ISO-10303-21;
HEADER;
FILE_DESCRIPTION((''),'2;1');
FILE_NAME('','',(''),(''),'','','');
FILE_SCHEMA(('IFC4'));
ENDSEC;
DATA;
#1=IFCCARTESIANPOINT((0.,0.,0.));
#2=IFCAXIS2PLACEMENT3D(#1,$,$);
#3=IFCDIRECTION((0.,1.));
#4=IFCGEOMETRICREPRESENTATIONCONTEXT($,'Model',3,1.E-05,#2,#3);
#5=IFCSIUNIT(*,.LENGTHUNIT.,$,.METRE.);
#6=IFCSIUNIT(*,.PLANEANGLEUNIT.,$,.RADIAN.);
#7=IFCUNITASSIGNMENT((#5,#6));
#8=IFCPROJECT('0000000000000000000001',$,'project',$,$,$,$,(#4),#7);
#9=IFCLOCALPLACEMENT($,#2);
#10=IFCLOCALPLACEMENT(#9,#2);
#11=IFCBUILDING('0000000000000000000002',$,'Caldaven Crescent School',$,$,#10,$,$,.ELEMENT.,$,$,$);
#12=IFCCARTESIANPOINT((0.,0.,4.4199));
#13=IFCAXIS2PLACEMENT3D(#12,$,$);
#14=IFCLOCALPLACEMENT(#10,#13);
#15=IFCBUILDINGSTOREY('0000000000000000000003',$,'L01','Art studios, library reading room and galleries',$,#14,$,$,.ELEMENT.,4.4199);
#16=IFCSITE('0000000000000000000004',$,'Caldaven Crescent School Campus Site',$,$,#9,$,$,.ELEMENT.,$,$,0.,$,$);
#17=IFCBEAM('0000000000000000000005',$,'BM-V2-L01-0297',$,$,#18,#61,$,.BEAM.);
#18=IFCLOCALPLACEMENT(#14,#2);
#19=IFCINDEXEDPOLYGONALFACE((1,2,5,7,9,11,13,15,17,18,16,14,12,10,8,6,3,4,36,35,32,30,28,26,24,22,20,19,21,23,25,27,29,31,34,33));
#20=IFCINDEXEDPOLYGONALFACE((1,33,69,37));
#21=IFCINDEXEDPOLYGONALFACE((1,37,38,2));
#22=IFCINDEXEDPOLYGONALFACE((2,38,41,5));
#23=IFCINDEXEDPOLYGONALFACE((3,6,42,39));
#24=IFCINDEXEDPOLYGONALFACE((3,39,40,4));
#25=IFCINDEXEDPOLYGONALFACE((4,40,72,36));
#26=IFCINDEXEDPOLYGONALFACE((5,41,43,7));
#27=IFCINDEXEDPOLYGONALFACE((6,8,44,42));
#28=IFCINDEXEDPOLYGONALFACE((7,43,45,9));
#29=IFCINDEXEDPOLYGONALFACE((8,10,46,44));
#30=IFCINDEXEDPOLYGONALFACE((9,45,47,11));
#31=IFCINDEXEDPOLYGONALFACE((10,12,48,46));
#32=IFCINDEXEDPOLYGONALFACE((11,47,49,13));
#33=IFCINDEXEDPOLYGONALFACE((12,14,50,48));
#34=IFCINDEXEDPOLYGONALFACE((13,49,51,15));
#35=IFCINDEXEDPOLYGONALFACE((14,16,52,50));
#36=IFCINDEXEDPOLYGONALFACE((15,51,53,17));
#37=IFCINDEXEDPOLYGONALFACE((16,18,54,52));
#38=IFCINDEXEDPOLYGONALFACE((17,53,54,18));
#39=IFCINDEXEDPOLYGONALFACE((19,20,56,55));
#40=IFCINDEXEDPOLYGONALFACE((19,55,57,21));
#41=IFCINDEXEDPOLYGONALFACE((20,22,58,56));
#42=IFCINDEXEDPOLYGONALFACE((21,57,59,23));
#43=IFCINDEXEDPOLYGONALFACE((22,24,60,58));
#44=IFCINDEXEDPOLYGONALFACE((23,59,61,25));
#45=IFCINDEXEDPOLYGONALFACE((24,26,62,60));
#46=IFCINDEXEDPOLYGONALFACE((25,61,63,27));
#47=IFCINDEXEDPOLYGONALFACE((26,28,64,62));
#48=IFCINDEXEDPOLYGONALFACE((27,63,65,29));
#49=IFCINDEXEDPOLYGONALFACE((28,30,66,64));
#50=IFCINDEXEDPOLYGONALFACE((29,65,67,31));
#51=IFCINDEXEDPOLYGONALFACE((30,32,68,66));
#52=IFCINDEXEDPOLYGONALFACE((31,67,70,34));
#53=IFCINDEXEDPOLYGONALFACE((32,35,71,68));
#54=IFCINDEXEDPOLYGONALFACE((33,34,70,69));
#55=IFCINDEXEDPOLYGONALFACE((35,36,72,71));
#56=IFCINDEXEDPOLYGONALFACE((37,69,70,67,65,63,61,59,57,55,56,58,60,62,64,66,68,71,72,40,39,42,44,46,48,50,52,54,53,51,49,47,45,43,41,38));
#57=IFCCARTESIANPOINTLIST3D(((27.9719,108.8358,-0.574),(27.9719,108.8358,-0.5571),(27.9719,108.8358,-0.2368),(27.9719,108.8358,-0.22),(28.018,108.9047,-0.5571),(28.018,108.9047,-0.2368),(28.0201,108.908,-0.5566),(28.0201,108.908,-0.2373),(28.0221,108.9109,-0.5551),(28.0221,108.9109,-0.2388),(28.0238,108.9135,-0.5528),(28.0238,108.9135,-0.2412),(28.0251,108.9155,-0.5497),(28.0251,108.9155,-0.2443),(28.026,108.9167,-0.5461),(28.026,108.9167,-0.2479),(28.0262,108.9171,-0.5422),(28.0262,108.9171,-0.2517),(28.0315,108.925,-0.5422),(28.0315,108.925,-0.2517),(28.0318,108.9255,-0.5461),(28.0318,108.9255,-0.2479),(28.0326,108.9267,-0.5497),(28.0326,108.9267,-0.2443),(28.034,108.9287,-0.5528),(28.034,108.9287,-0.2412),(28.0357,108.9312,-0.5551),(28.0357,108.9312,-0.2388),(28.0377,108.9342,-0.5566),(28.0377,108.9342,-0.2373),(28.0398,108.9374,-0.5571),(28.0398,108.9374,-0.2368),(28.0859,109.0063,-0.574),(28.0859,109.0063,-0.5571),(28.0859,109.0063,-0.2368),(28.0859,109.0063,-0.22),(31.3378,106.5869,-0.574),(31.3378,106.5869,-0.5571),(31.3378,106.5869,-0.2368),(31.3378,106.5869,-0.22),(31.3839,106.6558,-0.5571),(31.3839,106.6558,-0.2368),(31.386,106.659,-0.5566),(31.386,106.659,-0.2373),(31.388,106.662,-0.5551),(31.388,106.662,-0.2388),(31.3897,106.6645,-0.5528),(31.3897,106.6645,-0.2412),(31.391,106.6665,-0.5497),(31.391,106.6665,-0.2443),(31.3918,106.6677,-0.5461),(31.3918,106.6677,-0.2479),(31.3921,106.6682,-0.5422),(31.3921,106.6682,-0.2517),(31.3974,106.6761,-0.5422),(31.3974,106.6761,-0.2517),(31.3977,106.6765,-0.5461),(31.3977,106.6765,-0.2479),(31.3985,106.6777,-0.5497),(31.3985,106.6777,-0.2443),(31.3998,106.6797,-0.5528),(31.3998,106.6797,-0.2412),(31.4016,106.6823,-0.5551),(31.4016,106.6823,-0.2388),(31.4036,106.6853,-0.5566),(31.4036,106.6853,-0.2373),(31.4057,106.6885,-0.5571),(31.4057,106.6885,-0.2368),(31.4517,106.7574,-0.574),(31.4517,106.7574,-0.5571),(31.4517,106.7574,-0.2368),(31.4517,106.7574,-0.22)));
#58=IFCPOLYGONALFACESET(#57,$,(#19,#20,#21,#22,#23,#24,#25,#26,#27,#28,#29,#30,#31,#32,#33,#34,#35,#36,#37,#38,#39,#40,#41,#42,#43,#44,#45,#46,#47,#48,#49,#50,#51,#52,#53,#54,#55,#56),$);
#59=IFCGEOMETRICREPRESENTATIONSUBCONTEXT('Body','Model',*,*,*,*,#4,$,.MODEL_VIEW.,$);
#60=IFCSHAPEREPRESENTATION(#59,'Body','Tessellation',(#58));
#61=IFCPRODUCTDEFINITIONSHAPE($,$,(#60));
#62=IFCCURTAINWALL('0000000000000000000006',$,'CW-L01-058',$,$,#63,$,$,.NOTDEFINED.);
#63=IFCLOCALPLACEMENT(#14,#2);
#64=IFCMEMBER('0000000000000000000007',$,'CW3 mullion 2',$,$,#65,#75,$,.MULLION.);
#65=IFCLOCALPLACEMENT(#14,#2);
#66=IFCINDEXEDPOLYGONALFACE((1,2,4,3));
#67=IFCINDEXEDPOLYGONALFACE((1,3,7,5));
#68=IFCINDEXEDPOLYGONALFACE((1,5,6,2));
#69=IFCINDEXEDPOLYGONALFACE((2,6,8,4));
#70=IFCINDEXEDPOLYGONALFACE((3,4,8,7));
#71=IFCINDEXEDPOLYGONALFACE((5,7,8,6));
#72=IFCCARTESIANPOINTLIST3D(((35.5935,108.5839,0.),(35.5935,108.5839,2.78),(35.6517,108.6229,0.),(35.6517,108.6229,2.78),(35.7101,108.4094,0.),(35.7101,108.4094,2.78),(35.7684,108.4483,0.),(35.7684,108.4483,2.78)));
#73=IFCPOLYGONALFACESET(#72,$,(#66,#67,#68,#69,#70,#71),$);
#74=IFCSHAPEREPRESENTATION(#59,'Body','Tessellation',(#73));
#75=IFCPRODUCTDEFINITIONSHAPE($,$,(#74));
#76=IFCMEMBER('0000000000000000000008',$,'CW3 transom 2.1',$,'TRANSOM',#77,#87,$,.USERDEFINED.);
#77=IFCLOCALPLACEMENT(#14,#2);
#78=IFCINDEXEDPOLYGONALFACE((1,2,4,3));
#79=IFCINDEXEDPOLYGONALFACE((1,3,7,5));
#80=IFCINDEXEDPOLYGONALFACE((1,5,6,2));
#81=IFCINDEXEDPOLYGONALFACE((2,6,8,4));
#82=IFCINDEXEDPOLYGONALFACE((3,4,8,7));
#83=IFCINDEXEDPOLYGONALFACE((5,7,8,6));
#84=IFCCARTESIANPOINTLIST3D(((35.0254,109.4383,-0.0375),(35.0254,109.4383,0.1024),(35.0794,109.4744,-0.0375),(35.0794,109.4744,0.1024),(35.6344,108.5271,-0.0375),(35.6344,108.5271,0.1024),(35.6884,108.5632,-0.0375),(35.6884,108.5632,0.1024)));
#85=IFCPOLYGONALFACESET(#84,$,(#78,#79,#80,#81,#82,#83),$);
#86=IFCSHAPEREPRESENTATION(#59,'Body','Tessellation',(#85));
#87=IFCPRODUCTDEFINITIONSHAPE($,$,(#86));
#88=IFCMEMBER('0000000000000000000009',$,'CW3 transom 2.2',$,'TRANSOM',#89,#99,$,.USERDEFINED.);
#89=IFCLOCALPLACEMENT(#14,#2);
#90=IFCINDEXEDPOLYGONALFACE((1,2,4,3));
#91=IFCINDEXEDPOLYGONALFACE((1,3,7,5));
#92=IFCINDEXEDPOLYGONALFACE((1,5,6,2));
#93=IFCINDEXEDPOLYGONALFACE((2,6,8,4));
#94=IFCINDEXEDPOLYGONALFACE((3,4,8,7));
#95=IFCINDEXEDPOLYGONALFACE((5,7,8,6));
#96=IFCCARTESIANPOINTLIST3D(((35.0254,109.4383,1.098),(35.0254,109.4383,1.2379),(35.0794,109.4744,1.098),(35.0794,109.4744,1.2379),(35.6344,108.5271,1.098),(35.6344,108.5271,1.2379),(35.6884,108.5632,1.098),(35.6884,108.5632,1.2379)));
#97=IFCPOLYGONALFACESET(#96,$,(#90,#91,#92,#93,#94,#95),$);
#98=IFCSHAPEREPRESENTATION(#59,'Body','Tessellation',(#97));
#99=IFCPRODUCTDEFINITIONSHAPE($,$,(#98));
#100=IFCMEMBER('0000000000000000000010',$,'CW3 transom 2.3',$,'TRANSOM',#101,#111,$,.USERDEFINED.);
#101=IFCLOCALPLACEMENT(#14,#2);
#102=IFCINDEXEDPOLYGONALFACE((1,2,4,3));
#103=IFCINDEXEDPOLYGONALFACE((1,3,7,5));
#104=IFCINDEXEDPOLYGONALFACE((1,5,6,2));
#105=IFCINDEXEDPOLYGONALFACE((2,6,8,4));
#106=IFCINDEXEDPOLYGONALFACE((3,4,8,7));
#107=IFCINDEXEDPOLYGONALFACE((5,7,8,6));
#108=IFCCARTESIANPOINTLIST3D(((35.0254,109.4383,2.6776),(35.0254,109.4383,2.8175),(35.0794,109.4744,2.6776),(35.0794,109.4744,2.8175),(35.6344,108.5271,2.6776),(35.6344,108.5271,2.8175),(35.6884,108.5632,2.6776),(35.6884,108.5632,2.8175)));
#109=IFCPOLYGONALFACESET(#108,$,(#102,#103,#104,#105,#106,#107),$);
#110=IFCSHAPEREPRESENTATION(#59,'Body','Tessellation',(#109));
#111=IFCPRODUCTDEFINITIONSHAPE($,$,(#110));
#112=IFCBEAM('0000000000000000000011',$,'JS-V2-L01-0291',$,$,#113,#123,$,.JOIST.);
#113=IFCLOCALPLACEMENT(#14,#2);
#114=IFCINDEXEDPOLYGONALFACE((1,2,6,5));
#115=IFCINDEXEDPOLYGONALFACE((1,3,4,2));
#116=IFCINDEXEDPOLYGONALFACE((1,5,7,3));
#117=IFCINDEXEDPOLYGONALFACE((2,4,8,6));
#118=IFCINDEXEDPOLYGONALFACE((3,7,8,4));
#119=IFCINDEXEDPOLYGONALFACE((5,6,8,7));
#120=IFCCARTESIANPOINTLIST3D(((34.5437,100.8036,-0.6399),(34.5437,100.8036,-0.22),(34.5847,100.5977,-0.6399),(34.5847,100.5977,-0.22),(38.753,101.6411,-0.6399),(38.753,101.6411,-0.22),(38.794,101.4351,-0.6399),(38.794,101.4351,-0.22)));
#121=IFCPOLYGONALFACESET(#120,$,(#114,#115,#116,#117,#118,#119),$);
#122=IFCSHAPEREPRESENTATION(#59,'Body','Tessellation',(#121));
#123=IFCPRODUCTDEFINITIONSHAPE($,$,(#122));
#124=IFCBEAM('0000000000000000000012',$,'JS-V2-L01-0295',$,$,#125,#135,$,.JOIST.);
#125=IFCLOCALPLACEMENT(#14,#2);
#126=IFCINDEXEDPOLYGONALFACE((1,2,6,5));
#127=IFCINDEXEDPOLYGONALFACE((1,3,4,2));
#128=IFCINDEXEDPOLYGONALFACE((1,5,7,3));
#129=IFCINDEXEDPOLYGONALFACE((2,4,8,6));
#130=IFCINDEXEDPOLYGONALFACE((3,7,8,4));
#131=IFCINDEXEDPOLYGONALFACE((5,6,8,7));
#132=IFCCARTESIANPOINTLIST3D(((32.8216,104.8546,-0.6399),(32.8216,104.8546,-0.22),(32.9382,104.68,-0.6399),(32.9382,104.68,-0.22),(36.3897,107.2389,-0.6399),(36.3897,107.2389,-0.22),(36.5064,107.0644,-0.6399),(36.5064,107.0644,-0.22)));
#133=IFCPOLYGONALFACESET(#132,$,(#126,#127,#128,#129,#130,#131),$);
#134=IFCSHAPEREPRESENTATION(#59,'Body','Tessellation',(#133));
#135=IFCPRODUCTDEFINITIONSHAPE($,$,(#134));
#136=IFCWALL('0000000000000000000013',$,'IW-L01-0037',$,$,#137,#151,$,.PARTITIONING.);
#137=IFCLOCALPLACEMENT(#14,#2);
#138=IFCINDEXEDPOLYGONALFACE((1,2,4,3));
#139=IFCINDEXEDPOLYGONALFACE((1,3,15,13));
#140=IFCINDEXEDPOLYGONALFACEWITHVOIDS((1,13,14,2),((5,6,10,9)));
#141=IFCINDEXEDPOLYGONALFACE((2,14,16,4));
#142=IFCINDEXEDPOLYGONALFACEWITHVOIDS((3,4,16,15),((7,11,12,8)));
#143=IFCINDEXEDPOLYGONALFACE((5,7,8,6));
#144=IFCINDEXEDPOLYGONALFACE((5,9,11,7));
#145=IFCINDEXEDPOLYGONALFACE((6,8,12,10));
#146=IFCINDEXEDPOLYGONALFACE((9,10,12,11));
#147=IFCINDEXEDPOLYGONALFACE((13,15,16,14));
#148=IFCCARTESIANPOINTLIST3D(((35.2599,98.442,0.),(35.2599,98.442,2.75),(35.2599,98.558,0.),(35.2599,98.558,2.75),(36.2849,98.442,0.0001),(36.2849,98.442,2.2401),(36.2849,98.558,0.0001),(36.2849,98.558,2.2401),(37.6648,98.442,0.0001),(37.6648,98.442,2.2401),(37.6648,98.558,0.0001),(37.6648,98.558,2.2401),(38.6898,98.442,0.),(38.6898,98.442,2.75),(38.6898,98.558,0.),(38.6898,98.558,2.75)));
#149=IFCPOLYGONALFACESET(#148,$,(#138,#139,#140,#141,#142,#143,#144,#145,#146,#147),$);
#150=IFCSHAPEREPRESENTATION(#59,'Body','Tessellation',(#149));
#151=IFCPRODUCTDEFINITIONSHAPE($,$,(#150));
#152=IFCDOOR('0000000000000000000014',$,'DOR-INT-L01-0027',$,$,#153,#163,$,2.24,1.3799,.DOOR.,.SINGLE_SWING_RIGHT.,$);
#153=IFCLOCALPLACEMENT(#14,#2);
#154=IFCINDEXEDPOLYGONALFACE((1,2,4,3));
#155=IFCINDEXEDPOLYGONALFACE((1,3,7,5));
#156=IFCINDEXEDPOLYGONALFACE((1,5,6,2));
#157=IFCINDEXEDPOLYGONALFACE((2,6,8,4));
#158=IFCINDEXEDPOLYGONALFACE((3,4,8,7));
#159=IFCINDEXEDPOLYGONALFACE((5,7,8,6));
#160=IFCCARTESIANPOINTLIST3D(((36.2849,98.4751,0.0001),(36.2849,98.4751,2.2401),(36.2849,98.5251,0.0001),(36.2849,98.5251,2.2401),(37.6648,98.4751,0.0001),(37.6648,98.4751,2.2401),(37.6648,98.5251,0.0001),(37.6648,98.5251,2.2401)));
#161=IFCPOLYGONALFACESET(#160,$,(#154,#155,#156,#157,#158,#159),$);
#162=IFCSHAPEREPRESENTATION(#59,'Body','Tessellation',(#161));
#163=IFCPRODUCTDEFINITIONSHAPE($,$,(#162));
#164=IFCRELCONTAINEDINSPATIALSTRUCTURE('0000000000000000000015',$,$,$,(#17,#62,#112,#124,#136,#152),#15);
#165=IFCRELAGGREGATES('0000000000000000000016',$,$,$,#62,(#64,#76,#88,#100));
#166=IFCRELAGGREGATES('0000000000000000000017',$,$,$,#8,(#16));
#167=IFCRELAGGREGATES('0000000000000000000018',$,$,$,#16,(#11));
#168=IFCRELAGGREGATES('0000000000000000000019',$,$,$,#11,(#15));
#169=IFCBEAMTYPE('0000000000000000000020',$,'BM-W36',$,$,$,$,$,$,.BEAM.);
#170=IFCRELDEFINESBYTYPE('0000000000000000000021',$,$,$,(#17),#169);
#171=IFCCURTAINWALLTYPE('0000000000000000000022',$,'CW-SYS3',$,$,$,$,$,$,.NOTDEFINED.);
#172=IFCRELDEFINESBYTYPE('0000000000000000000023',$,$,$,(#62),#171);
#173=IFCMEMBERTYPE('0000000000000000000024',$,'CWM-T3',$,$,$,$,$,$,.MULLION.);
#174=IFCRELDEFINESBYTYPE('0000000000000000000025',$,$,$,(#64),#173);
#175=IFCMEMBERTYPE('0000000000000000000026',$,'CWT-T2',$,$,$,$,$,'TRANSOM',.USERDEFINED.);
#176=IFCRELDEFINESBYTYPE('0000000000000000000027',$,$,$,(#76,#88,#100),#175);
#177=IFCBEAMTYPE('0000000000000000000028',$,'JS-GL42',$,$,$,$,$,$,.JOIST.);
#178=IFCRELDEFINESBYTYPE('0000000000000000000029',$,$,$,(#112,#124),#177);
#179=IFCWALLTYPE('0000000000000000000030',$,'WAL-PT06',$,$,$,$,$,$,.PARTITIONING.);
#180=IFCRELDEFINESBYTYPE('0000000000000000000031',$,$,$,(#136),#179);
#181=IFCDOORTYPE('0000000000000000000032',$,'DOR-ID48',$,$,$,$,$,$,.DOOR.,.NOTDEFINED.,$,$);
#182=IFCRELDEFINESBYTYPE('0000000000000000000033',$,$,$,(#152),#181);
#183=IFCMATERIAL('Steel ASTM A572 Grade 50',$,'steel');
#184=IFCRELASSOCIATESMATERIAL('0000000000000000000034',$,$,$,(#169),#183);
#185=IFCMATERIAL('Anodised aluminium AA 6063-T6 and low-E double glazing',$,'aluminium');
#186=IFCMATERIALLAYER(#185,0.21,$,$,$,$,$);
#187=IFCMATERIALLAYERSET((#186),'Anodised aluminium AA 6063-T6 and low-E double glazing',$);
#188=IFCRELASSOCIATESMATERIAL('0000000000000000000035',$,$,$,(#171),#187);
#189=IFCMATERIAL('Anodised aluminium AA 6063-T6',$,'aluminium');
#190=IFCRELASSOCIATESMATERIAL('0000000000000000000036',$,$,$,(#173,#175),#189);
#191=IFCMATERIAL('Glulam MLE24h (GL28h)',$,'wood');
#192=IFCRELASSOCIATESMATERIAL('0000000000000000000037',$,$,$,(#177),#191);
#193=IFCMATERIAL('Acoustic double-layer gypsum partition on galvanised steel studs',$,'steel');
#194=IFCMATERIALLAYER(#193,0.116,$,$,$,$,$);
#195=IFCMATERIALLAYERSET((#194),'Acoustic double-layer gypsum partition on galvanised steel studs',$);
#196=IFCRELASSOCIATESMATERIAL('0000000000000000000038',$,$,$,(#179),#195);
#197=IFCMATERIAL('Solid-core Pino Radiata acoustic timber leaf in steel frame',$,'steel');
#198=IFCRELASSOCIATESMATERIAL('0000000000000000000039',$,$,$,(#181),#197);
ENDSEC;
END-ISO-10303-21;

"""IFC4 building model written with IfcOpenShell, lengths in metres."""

from ifc_helpers import new_model, si_unit, direction, frame, frame_2d, origin, origin_2d, place, context, subcontext, project, spatial, rectangle, i_section, extrude, material, layer, layer_set, material_profile, profile_set, type_object, element, fill, aggregate, save


model = new_model("IFC4")

# Units and contexts
model_context = context("Model", 3, precision=1e-05, world=origin(), true_north=direction((0.0, 1.0)))
body_context = subcontext(model_context, "Body", "Model", "MODEL_VIEW")
ifc_project = project(units=[si_unit("LENGTHUNIT", "METRE"), si_unit("PLANEANGLEUNIT", "RADIAN")], contexts=[model_context])

# Site, building, storey
site_placement = place(None, origin())
site = spatial("IfcSite", under=ifc_project, at=site_placement, Name="Caldaven Crescent School Campus Site", CompositionType="ELEMENT", RefElevation=0.0)
building_placement = place(site_placement, origin())
building = spatial("IfcBuilding", under=site, at=building_placement, Name="Caldaven Crescent School", CompositionType="ELEMENT")
storey_placement = place(building_placement, frame((0.0, 0.0, 4.4199)))
storey = spatial("IfcBuildingStorey", under=building, at=storey_placement, Name="L01", Description="Art studios, library reading room and galleries", CompositionType="ELEMENT", Elevation=4.4199)

# Shared definitions
ifc_material_1 = material(Name="Glulam MLE24h (GL28h)", Category="wood")

# Beam
ifc_material_2 = material(Name="Steel ASTM A572 Grade 50", Category="steel")
ifc_material_profile_1 = material_profile(ifc_material_2, i_section(OverallWidth=0.2051, OverallDepth=0.354, WebThickness=0.0095, FlangeThickness=0.0168, FilletRadius=0.0149, at=origin_2d()), Name="W360x79")
ifc_profile_set_1 = profile_set([ifc_material_profile_1], Name="Steel ASTM A572 Grade 50")
beam_type_1 = type_object("IfcBeamType", Name="BM-W36", PredefinedType="BEAM", material=ifc_profile_set_1)
for number, where, z_axis, x_axis, name in (
    (1, (31.3948, 106.6721, -0.397), (-0.831475, 0.555563, 0.0), (-0.555563, -0.831475, 0.0), "BM-V2-L01-0297"),
):
    element("IfcBeam", number, at=place(storey_placement, frame(where, z_axis=z_axis, x_axis=x_axis)), inside=storey, type_object=beam_type_1, Name=name, PredefinedType="BEAM", context=body_context, shape_type="SweptSolid", body=[
        extrude(i_section(OverallWidth=0.2051, OverallDepth=0.354, WebThickness=0.0095, FlangeThickness=0.0168, FilletRadius=0.0149, at=origin_2d()), origin(), (0.0, 0.0, 1.0), 4.0481),
    ])

# Curtain wall, members
ifc_material_3 = material(Name="Anodised aluminium AA 6063-T6 and low-E double glazing", Category="aluminium")
ifc_layer_1 = layer(ifc_material_3, 0.21)
ifc_layer_set_1 = layer_set([ifc_layer_1], Name="Anodised aluminium AA 6063-T6 and low-E double glazing")
curtain_wall_type = type_object("IfcCurtainWallType", Name="CW-SYS3", PredefinedType="NOTDEFINED", material=ifc_layer_set_1)
curtain_wall_placement = place(storey_placement, origin())
curtain_wall = element("IfcCurtainWall", 2, at=curtain_wall_placement, inside=storey, type_object=curtain_wall_type, Name="CW-L01-058", PredefinedType="NOTDEFINED")
ifc_material_4 = material(Name="Anodised aluminium AA 6063-T6", Category="aluminium")
ifc_material_profile_2 = material_profile(ifc_material_4, rectangle(XDim=0.0701, YDim=0.21, at=origin_2d()), Name="CWM 70x210")
ifc_profile_set_2 = profile_set([ifc_material_profile_2], Name="Anodised aluminium AA 6063-T6")
member_type_1 = type_object("IfcMemberType", Name="CWM-T3", PredefinedType="MULLION", material=ifc_profile_set_2)
member_1_placement = place(storey_placement, frame((35.6809, 108.5161, 0.0), z_axis=(0.0, 0.0, 1.0), x_axis=(-0.831468, -0.555572, 0.0)))
member_1 = element("IfcMember", 3, at=member_1_placement, type_object=member_type_1, Name="CW3 mullion 2", PredefinedType="MULLION", context=body_context, shape_type="SweptSolid", body=[
    extrude(rectangle(XDim=0.0701, YDim=0.21, at=origin_2d()), origin(), (0.0, 0.0, 1.0), 2.78),
])
ifc_material_profile_3 = material_profile(ifc_material_4, rectangle(XDim=0.0649, YDim=0.1399, at=origin_2d()), Name="CWT 65x140")
ifc_profile_set_3 = profile_set([ifc_material_profile_3], Name="Anodised aluminium AA 6063-T6")
member_type_2 = type_object("IfcMemberType", Name="CWT-T2", ElementType="TRANSOM", PredefinedType="USERDEFINED", material=ifc_profile_set_3)
member_2_placement = place(storey_placement, frame((35.6614, 108.5452, 0.0325), z_axis=(-0.555625, 0.831433, 0.0), x_axis=(-0.831433, -0.555625, 0.0)))
member_2 = element("IfcMember", 4, at=member_2_placement, type_object=member_type_2, Name="CW3 transom 2.1", ObjectType="TRANSOM", PredefinedType="USERDEFINED", context=body_context, shape_type="SweptSolid", body=[
    extrude(rectangle(XDim=0.0649, YDim=0.1399, at=origin_2d()), origin(), (0.0, 0.0, 1.0), 1.0959),
])
member_3_placement = place(storey_placement, frame((35.6614, 108.5452, 1.168), z_axis=(-0.555625, 0.831433, 0.0), x_axis=(-0.831433, -0.555625, 0.0)))
member_3 = element("IfcMember", 5, at=member_3_placement, type_object=member_type_2, Name="CW3 transom 2.2", ObjectType="TRANSOM", PredefinedType="USERDEFINED", context=body_context, shape_type="SweptSolid", body=[
    extrude(rectangle(XDim=0.0649, YDim=0.1399, at=origin_2d()), origin(), (0.0, 0.0, 1.0), 1.0959),
])
member_4_placement = place(storey_placement, frame((35.6614, 108.5452, 2.7476), z_axis=(-0.555625, 0.831433, 0.0), x_axis=(-0.831433, -0.555625, 0.0)))
member_4 = element("IfcMember", 6, at=member_4_placement, type_object=member_type_2, Name="CW3 transom 2.3", ObjectType="TRANSOM", PredefinedType="USERDEFINED", context=body_context, shape_type="SweptSolid", body=[
    extrude(rectangle(XDim=0.0649, YDim=0.1399, at=origin_2d()), origin(), (0.0, 0.0, 1.0), 1.0959),
])
aggregate(curtain_wall, [member_1, member_2, member_3, member_4])

# Beams
ifc_material_profile_4 = material_profile(ifc_material_1, rectangle(XDim=0.21, YDim=0.4199, at=origin_2d()), Name="MLE 210x420")
ifc_profile_set_4 = profile_set([ifc_material_profile_4], Name="Glulam MLE24h (GL28h)")
beam_type_2 = type_object("IfcBeamType", Name="JS-GL42", PredefinedType="JOIST", material=ifc_profile_set_4)
beam_1_placement = place(storey_placement, frame((34.5642, 100.7007, -0.4299), z_axis=(0.980779, 0.195121, 0.0), x_axis=(-0.195121, 0.980779, 0.0)))
element("IfcBeam", 7, at=beam_1_placement, inside=storey, type_object=beam_type_2, Name="JS-V2-L01-0291", PredefinedType="JOIST", context=body_context, shape_type="SweptSolid", body=[
    extrude(rectangle(XDim=0.21, YDim=0.4199, at=origin_2d()), origin(), (0.0, 0.0, 1.0), 4.2917),
])
beam_2_placement = place(storey_placement, frame((32.8799, 104.7673, -0.4299), z_axis=(0.831455, 0.555593, 0.0), x_axis=(-0.555593, 0.831455, 0.0)))
element("IfcBeam", 8, at=beam_2_placement, inside=storey, type_object=beam_type_2, Name="JS-V2-L01-0295", PredefinedType="JOIST", context=body_context, shape_type="SweptSolid", body=[
    extrude(rectangle(XDim=0.21, YDim=0.4199, at=origin_2d()), origin(), (0.0, 0.0, 1.0), 4.2915),
])

# Wall, opening, door
ifc_material_5 = material(Name="Acoustic double-layer gypsum partition on galvanised steel studs", Category="steel")
ifc_layer_2 = layer(ifc_material_5, 0.116)
ifc_layer_set_2 = layer_set([ifc_layer_2], Name="Acoustic double-layer gypsum partition on galvanised steel studs")
wall_type_1 = type_object("IfcWallType", Name="WAL-PT06", PredefinedType="PARTITIONING", material=ifc_layer_set_2)
wall_1_placement = place(storey_placement, frame((35.26, 98.5, 0.0), z_axis=(0.0, 0.0, 1.0), x_axis=(1.0, 0.0, 0.0)))
wall_1 = element("IfcWall", 9, at=wall_1_placement, inside=storey, type_object=wall_type_1, Name="IW-L01-0037", PredefinedType="PARTITIONING", context=body_context, shape_type="SweptSolid", body=[
    extrude(rectangle(XDim=3.4299, YDim=0.116, at=frame_2d((1.7148, 0.0))), origin(), (0.0, 0.0, 1.0), 2.75),
])
opening_1_placement = place(wall_1_placement, frame((1.0249, 0.0, 0.0)))
opening_1 = element("IfcOpeningElement", 10, at=opening_1_placement, cuts=wall_1, PredefinedType="OPENING", context=body_context, shape_type="SweptSolid", body=[
    extrude(rectangle(XDim=1.3799, YDim=2.24, at=frame_2d((0.6899, 1.1201))), frame((0.0, 0.0679, 0.0), z_axis=(0.0, -1.0, 0.0), x_axis=(1.0, 0.0, 0.0)), (0.0, 0.0, 1.0), 0.136),
])
ifc_material_6 = material(Name="Solid-core Pino Radiata acoustic timber leaf in steel frame", Category="steel")
door_type_1 = type_object("IfcDoorType", Name="DOR-ID48", OperationType="NOTDEFINED", PredefinedType="DOOR", material=ifc_material_6)
door_1_placement = place(opening_1_placement, frame((1.3799, 0.0, 0.0), z_axis=(0.0, 0.0, 1.0), x_axis=(-1.0, 0.0, 0.0)))
door_1 = element("IfcDoor", 11, at=door_1_placement, inside=storey, type_object=door_type_1, Name="DOR-INT-L01-0027", OperationType="SINGLE_SWING_RIGHT", OverallHeight=2.24, OverallWidth=1.3799, PredefinedType="DOOR", context=body_context, shape_type="SweptSolid", body=[
    extrude(rectangle(XDim=1.3799, YDim=2.24, at=frame_2d((0.6899, 1.1201))), frame((0.0, 0.0249, 0.0), z_axis=(0.0, -1.0, 0.0), x_axis=(1.0, 0.0, 0.0)), (0.0, 0.0, 1.0), 0.05),
])
fill(opening_1, door_1)

save(model, "model.ifc")
